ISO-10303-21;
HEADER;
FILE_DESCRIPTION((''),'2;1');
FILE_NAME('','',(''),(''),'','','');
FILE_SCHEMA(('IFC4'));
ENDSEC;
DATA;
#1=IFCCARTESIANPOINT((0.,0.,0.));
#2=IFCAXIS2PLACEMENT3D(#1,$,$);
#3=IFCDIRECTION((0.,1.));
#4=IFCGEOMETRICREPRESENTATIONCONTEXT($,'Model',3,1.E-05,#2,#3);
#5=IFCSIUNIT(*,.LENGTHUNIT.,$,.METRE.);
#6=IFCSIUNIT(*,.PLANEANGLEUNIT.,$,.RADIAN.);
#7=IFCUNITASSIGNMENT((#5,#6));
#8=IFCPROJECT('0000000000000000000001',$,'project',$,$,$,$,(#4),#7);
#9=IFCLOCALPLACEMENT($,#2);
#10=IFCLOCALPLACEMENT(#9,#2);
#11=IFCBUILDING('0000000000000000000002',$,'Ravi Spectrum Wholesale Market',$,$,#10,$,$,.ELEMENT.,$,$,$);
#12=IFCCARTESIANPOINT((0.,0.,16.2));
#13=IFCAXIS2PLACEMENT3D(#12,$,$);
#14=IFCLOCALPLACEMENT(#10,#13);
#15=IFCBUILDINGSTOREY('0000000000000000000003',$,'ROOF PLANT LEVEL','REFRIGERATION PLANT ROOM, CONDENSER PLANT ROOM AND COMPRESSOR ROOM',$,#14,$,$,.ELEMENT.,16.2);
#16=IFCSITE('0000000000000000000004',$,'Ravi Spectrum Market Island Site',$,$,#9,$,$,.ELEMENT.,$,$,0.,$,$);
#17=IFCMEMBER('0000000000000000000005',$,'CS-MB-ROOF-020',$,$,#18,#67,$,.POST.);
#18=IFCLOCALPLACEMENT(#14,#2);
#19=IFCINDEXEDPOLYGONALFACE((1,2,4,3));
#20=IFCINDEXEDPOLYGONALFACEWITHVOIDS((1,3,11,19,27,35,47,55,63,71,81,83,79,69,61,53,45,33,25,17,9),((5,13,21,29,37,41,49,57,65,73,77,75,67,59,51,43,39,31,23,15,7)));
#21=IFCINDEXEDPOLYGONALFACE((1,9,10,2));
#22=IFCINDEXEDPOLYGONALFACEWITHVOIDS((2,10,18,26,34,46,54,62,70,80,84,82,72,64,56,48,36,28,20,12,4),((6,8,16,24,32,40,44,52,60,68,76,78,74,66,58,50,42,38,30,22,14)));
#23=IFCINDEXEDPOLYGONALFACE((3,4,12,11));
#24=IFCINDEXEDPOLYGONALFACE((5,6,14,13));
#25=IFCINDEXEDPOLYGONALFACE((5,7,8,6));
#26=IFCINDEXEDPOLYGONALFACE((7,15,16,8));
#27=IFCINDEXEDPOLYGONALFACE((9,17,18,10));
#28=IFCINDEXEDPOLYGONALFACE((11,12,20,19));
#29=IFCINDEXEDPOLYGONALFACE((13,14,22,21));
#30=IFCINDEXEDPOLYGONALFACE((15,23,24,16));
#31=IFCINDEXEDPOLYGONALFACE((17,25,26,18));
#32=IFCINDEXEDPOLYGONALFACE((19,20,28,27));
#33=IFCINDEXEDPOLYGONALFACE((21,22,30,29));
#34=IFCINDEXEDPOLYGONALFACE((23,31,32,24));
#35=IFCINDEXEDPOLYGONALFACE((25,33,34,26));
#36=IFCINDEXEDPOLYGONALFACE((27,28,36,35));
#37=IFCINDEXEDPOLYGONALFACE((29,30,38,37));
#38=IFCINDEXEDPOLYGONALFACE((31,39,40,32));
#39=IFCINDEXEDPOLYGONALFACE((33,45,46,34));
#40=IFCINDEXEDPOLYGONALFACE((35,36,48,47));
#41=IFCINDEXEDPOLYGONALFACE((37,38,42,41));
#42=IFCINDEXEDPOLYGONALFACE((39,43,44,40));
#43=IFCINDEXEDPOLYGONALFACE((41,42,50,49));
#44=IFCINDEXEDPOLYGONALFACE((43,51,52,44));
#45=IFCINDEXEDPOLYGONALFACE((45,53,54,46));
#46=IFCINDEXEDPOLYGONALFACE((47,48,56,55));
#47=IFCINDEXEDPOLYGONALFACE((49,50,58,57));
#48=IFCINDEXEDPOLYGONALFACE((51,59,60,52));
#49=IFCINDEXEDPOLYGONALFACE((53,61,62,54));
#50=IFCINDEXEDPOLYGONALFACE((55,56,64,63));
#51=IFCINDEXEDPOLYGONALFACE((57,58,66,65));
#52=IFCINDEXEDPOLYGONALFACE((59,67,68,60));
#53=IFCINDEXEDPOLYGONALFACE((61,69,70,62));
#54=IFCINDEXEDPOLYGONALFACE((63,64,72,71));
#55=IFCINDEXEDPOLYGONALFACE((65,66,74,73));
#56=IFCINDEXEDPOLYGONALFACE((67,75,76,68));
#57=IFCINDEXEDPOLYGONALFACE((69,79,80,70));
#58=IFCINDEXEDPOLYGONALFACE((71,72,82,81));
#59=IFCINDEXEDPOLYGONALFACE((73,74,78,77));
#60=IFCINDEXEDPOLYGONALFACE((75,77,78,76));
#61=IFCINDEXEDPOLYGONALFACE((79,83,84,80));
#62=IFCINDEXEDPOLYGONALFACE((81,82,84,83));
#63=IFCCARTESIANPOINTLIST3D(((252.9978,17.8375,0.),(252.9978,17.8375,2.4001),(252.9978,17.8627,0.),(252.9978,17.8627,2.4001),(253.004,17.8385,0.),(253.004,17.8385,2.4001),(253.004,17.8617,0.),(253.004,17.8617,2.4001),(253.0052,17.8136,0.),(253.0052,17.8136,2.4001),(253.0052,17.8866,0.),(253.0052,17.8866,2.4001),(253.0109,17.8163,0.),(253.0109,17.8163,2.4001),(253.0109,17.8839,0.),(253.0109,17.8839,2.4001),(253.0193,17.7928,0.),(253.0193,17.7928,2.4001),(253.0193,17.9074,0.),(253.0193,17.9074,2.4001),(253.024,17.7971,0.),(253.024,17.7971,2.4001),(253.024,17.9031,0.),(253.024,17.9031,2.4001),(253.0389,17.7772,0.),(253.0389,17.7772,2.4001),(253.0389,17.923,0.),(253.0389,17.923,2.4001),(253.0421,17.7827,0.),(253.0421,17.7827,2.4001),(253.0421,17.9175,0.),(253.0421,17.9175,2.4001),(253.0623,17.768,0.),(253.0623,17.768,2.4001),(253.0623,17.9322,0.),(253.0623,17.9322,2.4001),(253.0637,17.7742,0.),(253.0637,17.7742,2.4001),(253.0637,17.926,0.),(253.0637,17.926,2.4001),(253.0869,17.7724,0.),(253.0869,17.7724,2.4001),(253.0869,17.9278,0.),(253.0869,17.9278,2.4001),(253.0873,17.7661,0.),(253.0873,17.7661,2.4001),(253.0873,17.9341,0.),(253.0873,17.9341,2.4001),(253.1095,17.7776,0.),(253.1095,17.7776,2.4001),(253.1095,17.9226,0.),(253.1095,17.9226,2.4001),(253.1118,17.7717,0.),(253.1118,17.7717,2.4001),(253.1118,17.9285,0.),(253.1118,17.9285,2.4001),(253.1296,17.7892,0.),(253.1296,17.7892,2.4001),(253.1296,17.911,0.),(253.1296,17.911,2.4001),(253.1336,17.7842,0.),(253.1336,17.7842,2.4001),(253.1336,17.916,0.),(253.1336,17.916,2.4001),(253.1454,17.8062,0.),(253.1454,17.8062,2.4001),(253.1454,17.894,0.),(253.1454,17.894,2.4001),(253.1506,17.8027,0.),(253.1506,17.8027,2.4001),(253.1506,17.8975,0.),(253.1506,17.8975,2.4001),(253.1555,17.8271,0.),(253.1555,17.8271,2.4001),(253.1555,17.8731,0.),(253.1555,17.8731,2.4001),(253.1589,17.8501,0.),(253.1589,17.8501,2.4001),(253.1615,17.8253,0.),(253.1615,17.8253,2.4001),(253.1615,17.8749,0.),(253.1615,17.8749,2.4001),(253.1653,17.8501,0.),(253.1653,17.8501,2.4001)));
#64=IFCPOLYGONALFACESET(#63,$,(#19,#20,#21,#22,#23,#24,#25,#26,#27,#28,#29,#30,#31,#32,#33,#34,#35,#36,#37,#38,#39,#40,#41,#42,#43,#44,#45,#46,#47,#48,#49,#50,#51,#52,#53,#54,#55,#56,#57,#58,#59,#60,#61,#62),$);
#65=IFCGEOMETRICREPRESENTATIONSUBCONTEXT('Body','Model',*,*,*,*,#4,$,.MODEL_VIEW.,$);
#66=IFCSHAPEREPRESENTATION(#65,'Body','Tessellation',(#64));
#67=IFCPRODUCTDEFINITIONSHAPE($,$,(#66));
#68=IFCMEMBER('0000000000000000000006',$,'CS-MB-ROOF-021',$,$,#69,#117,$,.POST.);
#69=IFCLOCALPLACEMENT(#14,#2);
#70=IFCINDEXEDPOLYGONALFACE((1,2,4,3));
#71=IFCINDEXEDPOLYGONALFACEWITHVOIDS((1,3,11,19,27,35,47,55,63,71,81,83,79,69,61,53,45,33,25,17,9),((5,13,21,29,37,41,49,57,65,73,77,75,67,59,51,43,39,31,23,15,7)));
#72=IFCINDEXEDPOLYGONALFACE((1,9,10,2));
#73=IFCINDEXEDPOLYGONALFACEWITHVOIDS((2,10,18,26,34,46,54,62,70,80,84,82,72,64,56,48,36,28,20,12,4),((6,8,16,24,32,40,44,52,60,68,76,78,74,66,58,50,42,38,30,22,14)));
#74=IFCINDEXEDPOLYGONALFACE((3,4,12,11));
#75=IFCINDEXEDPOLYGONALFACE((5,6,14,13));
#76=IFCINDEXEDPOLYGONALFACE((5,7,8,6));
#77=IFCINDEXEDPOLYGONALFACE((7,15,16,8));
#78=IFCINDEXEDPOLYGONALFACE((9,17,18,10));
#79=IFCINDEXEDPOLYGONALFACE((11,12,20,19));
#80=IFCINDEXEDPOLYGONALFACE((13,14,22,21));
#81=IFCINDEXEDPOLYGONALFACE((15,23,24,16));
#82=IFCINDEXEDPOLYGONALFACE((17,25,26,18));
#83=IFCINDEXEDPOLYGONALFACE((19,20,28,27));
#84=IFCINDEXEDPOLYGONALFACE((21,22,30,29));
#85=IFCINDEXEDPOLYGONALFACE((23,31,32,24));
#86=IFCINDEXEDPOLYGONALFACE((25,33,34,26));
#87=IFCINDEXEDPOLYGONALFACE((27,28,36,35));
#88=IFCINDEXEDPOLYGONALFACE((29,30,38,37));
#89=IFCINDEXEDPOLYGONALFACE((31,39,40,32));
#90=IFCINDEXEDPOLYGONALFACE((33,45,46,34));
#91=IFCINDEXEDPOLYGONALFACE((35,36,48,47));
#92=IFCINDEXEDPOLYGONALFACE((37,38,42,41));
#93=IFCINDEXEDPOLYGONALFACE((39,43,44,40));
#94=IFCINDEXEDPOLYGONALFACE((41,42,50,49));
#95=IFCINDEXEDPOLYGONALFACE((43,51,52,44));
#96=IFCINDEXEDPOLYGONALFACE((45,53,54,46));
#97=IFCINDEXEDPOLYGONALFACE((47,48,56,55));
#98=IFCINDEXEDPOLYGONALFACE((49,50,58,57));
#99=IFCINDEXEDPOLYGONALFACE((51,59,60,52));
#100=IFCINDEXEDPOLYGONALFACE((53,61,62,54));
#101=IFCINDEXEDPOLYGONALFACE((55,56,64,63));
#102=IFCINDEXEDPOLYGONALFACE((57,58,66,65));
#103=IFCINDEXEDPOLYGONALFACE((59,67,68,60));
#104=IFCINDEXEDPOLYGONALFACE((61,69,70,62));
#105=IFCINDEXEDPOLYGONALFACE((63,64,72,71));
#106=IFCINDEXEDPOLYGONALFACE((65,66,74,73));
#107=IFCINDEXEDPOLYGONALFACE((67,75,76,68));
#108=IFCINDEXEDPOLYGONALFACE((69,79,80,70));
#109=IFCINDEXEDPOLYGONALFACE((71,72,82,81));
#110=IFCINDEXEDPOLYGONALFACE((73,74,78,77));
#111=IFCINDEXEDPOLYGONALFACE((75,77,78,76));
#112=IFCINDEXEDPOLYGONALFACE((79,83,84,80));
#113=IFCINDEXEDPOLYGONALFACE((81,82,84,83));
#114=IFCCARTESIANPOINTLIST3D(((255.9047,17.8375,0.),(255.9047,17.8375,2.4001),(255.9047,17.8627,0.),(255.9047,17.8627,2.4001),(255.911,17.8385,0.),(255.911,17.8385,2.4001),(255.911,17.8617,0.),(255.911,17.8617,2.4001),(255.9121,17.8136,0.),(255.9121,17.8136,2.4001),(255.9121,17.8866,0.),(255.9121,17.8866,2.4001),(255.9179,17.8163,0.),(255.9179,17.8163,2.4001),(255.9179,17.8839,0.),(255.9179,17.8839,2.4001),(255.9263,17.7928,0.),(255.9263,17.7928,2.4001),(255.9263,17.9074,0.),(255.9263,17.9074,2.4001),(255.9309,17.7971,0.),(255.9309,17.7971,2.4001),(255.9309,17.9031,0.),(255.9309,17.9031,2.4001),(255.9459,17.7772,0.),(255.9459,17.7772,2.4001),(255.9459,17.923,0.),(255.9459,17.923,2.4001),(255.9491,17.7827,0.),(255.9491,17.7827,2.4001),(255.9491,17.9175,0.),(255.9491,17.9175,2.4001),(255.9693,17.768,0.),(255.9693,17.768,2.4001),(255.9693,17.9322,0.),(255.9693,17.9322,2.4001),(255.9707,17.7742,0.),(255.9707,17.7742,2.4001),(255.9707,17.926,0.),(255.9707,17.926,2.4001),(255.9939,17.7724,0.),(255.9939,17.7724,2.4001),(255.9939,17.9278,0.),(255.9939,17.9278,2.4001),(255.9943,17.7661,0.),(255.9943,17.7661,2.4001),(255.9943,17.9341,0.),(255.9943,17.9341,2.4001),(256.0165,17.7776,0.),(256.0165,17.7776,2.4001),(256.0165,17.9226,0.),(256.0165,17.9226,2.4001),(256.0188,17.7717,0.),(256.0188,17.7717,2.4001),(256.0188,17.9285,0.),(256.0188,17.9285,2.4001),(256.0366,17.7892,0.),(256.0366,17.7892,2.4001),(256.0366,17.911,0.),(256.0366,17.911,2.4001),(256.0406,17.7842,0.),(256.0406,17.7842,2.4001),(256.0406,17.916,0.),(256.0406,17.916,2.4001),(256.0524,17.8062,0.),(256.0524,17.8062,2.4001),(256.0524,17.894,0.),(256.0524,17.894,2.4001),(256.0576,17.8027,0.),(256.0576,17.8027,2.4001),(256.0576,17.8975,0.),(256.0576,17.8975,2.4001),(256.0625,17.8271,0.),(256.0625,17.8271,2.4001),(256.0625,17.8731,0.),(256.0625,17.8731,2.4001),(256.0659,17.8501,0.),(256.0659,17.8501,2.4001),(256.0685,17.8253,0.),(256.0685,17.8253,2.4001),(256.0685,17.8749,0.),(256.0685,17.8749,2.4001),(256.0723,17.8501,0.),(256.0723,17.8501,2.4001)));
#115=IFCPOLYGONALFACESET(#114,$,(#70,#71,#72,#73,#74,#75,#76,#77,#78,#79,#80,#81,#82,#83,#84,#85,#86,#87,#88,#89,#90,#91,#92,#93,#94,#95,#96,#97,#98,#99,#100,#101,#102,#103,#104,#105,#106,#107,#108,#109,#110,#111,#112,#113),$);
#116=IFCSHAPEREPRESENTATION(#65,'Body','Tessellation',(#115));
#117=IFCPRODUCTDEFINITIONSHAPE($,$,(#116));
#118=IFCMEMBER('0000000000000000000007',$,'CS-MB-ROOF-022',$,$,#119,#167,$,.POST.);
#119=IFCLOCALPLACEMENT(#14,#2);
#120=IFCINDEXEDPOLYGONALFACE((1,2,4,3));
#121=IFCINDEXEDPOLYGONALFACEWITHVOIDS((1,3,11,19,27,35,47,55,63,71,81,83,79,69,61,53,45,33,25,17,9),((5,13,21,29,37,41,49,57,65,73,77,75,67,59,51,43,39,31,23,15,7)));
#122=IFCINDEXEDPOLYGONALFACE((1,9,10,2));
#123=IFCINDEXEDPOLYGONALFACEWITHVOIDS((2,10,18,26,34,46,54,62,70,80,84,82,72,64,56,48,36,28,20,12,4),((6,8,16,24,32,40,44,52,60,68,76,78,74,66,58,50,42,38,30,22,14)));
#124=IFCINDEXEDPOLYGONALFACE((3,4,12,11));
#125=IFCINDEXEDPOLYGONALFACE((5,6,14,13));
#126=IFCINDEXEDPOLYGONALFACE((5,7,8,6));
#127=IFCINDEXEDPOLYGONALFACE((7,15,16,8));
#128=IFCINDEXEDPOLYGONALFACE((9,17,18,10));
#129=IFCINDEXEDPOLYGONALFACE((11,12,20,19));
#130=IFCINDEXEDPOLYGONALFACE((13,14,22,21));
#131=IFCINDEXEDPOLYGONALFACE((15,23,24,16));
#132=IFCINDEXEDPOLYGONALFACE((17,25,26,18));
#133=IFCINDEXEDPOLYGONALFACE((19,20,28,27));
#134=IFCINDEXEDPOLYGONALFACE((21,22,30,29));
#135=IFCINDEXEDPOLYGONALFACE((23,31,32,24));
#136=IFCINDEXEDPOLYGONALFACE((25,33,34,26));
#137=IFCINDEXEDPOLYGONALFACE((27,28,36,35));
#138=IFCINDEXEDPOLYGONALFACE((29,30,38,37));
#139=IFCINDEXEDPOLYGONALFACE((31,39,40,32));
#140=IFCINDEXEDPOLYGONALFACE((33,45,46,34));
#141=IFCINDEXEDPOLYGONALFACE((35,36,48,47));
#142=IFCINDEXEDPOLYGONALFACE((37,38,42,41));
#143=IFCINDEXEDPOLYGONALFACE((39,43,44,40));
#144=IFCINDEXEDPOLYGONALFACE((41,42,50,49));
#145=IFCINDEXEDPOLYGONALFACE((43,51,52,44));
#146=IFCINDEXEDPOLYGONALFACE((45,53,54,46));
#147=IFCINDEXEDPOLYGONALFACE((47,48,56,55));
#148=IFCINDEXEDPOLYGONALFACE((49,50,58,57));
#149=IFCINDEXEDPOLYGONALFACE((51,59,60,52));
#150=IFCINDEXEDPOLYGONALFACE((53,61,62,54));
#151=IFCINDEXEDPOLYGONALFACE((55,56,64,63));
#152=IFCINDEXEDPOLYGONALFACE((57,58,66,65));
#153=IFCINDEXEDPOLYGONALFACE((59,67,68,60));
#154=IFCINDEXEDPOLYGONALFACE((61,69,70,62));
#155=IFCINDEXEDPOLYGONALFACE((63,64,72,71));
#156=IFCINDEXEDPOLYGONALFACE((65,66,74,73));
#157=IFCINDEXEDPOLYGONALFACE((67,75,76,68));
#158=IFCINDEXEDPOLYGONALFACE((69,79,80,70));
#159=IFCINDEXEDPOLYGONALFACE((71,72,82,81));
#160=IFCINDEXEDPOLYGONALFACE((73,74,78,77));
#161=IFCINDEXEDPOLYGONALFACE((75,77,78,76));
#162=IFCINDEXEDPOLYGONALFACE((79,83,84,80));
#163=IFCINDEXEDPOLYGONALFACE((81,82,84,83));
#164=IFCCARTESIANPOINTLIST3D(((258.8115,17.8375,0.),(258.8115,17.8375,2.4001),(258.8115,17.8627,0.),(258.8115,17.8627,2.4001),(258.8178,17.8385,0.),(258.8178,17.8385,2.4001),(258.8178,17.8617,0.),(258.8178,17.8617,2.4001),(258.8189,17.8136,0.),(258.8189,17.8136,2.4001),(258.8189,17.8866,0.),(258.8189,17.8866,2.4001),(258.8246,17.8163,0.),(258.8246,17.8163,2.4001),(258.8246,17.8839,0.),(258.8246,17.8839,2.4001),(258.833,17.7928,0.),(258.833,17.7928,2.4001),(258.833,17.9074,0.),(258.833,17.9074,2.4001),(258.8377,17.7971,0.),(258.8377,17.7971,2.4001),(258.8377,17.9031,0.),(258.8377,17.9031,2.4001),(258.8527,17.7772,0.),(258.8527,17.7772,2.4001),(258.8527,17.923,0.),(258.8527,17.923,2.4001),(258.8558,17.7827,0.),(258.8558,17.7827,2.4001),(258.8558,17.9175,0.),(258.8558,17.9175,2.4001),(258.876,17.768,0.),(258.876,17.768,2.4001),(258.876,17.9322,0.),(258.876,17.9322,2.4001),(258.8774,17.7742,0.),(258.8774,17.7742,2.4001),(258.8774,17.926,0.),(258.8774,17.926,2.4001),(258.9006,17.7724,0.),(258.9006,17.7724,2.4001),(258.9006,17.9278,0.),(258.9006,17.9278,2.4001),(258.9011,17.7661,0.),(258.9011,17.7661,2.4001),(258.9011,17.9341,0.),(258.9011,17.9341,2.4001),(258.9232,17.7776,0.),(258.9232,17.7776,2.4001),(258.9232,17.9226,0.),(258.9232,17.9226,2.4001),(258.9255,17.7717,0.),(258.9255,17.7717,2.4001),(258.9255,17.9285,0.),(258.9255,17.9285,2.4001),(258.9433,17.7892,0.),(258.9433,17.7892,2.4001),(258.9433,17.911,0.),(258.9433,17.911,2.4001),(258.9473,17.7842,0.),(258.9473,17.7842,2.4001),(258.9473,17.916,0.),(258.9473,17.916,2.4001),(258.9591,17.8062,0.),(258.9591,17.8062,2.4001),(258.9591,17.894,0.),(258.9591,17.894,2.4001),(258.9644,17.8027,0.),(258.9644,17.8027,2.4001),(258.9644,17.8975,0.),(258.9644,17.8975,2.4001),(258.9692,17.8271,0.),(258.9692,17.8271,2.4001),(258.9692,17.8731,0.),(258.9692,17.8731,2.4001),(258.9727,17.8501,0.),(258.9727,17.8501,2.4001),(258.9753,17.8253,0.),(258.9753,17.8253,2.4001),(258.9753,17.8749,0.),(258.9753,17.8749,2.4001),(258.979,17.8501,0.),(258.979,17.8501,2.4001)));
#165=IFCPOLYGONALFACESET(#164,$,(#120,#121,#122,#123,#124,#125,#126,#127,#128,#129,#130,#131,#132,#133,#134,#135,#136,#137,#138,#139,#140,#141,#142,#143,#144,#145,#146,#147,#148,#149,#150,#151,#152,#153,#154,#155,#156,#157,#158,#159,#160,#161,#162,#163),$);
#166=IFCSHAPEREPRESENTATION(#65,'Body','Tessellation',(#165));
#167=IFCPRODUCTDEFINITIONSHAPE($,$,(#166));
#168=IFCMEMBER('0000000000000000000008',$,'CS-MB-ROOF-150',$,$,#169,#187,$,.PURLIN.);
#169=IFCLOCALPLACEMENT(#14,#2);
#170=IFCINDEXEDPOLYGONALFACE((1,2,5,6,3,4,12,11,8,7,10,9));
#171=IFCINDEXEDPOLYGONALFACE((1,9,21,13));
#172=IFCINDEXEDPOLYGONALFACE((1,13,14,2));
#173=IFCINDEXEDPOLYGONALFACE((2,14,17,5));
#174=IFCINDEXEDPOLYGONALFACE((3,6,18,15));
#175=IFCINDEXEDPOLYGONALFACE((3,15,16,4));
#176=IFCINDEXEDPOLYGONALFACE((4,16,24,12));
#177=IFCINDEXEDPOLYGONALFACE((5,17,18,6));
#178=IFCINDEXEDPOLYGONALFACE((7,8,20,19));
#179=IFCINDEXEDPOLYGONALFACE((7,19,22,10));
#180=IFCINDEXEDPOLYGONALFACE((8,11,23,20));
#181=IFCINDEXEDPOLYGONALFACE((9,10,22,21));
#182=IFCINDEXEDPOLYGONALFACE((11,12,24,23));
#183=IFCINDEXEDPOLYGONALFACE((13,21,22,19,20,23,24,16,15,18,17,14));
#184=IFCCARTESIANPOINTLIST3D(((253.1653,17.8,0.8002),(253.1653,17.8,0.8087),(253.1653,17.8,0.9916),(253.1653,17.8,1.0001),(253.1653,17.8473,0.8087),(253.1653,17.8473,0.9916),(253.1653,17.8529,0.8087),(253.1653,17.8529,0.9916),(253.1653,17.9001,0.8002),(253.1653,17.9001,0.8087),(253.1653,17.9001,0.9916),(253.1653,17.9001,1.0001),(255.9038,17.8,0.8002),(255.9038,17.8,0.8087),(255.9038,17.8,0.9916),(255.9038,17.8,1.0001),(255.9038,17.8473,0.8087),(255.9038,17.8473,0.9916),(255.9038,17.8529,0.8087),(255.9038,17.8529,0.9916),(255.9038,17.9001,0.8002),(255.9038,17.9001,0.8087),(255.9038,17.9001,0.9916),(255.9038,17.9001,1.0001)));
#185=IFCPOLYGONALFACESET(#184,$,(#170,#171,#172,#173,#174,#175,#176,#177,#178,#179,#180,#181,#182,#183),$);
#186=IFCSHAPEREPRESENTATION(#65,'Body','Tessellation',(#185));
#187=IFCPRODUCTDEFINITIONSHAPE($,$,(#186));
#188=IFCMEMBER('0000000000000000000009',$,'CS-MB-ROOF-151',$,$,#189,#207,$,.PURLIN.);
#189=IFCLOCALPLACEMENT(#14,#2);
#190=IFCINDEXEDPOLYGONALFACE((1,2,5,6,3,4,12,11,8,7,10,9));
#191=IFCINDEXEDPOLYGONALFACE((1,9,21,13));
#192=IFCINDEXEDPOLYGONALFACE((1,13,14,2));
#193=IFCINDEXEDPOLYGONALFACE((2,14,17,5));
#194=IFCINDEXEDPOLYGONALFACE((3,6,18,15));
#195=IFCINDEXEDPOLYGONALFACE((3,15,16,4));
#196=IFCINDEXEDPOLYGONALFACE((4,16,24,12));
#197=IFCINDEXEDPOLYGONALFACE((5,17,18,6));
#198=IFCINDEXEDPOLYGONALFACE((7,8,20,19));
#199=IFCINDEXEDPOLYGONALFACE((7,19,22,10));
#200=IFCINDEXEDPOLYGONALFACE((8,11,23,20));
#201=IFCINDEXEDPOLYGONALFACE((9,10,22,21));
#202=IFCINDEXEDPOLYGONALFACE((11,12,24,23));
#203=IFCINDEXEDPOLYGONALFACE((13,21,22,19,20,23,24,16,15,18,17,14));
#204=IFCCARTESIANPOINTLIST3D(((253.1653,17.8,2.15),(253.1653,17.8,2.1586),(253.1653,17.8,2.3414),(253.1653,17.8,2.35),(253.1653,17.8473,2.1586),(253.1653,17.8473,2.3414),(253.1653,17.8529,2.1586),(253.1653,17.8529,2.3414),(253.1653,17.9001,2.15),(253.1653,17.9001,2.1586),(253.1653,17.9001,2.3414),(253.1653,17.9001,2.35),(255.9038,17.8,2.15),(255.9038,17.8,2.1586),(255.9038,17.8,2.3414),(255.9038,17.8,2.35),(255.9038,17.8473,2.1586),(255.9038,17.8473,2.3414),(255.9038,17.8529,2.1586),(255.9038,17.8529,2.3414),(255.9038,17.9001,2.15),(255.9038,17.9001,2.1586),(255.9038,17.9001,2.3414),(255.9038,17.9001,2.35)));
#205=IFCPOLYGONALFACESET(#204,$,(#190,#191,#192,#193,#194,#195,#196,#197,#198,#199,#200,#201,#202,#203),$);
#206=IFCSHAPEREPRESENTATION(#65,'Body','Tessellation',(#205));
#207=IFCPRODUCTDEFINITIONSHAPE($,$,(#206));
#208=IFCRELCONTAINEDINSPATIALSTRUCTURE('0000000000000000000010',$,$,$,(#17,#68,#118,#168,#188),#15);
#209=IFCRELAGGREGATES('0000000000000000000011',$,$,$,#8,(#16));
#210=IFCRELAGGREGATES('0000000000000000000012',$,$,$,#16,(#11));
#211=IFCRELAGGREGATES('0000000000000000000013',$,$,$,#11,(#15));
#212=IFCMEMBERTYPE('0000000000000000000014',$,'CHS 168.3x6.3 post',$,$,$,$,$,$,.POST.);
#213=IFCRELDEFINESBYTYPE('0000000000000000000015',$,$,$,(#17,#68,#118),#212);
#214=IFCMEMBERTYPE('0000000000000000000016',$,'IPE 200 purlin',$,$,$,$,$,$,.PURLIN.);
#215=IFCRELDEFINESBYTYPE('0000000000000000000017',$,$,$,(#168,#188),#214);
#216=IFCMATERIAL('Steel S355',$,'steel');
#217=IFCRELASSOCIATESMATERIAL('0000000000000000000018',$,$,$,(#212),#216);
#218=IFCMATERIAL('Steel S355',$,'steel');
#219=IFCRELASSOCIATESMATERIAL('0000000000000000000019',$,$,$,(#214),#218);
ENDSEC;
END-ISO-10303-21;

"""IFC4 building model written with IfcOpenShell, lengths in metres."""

from ifc_helpers import new_model, si_unit, direction, frame, origin, origin_2d, place, context, subcontext, project, spatial, hollow_circle, i_section, extrude, material, material_profile, profile_set, type_object, element, save


model = new_model("IFC4")

# Units and contexts
model_context = context("Model", 3, precision=1e-05, world=origin(), true_north=direction((0.0, 1.0)))
body_context = subcontext(model_context, "Body", "Model", "MODEL_VIEW")
ifc_project = project(units=[si_unit("LENGTHUNIT", "METRE"), si_unit("PLANEANGLEUNIT", "RADIAN")], contexts=[model_context])

# Site, building, storey
site_placement = place(None, origin())
site = spatial("IfcSite", under=ifc_project, at=site_placement, Name="Ravi Spectrum Market Island Site", CompositionType="ELEMENT", RefElevation=0.0)
building_placement = place(site_placement, origin())
building = spatial("IfcBuilding", under=site, at=building_placement, Name="Ravi Spectrum Wholesale Market", CompositionType="ELEMENT")
storey_placement = place(building_placement, frame((0.0, 0.0, 16.2)))
storey = spatial("IfcBuildingStorey", under=building, at=storey_placement, Name="ROOF PLANT LEVEL", Description="REFRIGERATION PLANT ROOM, CONDENSER PLANT ROOM AND COMPRESSOR ROOM", CompositionType="ELEMENT", Elevation=16.2)

# Members
ifc_material_1 = material(Name="Steel S355", Category="steel")
ifc_material_profile_1 = material_profile(ifc_material_1, hollow_circle(Radius=0.0842, WallThickness=0.0063, at=origin_2d()))
ifc_profile_set_1 = profile_set([ifc_material_profile_1], Name="Steel S355")
member_type_1 = type_object("IfcMemberType", Name="CHS 168.3x6.3 post", PredefinedType="POST", material=ifc_profile_set_1)
for number, where, z_axis, x_axis, name in (
    (1, (253.0811, 17.8501, 0.0), (0.0, 0.0, 1.0), (1.0, 0.0, 0.0), "CS-MB-ROOF-020"),
    (2, (255.988, 17.8501, 0.0), (0.0, 0.0, 1.0), (1.0, 0.0, 0.0), "CS-MB-ROOF-021"),
    (3, (258.8948, 17.8501, 0.0), (0.0, 0.0, 1.0), (1.0, 0.0, 0.0), "CS-MB-ROOF-022"),
):
    element("IfcMember", number, at=place(storey_placement, frame(where, z_axis=z_axis, x_axis=x_axis)), inside=storey, type_object=member_type_1, Name=name, PredefinedType="POST", context=body_context, shape_type="SweptSolid", body=[
        extrude(hollow_circle(Radius=0.0842, WallThickness=0.0063, at=origin_2d()), origin(), (0.0, 0.0, 1.0), 2.4001),
    ])
ifc_material_2 = material(Name="Steel S355", Category="steel")
ifc_material_profile_2 = material_profile(ifc_material_2, i_section(OverallWidth=0.1001, OverallDepth=0.2, WebThickness=0.0056, FlangeThickness=0.0085, at=origin_2d()))
ifc_profile_set_2 = profile_set([ifc_material_profile_2], Name="Steel S355")
member_type_2 = type_object("IfcMemberType", Name="IPE 200 purlin", PredefinedType="PURLIN", material=ifc_profile_set_2)
for number, where, z_axis, x_axis, name in (
    (4, (253.1653, 17.8501, 0.9001), (1.0, 0.0, 0.0), (0.0, 1.0, 0.0), "CS-MB-ROOF-150"),
    (5, (253.1653, 17.8501, 2.25), (1.0, 0.0, 0.0), (0.0, 1.0, 0.0), "CS-MB-ROOF-151"),
):
    element("IfcMember", number, at=place(storey_placement, frame(where, z_axis=z_axis, x_axis=x_axis)), inside=storey, type_object=member_type_2, Name=name, PredefinedType="PURLIN", context=body_context, shape_type="SweptSolid", body=[
        extrude(i_section(OverallWidth=0.1001, OverallDepth=0.2, WebThickness=0.0056, FlangeThickness=0.0085, at=origin_2d()), origin(), (0.0, 0.0, 1.0), 2.7385),
    ])

save(model, "model.ifc")
